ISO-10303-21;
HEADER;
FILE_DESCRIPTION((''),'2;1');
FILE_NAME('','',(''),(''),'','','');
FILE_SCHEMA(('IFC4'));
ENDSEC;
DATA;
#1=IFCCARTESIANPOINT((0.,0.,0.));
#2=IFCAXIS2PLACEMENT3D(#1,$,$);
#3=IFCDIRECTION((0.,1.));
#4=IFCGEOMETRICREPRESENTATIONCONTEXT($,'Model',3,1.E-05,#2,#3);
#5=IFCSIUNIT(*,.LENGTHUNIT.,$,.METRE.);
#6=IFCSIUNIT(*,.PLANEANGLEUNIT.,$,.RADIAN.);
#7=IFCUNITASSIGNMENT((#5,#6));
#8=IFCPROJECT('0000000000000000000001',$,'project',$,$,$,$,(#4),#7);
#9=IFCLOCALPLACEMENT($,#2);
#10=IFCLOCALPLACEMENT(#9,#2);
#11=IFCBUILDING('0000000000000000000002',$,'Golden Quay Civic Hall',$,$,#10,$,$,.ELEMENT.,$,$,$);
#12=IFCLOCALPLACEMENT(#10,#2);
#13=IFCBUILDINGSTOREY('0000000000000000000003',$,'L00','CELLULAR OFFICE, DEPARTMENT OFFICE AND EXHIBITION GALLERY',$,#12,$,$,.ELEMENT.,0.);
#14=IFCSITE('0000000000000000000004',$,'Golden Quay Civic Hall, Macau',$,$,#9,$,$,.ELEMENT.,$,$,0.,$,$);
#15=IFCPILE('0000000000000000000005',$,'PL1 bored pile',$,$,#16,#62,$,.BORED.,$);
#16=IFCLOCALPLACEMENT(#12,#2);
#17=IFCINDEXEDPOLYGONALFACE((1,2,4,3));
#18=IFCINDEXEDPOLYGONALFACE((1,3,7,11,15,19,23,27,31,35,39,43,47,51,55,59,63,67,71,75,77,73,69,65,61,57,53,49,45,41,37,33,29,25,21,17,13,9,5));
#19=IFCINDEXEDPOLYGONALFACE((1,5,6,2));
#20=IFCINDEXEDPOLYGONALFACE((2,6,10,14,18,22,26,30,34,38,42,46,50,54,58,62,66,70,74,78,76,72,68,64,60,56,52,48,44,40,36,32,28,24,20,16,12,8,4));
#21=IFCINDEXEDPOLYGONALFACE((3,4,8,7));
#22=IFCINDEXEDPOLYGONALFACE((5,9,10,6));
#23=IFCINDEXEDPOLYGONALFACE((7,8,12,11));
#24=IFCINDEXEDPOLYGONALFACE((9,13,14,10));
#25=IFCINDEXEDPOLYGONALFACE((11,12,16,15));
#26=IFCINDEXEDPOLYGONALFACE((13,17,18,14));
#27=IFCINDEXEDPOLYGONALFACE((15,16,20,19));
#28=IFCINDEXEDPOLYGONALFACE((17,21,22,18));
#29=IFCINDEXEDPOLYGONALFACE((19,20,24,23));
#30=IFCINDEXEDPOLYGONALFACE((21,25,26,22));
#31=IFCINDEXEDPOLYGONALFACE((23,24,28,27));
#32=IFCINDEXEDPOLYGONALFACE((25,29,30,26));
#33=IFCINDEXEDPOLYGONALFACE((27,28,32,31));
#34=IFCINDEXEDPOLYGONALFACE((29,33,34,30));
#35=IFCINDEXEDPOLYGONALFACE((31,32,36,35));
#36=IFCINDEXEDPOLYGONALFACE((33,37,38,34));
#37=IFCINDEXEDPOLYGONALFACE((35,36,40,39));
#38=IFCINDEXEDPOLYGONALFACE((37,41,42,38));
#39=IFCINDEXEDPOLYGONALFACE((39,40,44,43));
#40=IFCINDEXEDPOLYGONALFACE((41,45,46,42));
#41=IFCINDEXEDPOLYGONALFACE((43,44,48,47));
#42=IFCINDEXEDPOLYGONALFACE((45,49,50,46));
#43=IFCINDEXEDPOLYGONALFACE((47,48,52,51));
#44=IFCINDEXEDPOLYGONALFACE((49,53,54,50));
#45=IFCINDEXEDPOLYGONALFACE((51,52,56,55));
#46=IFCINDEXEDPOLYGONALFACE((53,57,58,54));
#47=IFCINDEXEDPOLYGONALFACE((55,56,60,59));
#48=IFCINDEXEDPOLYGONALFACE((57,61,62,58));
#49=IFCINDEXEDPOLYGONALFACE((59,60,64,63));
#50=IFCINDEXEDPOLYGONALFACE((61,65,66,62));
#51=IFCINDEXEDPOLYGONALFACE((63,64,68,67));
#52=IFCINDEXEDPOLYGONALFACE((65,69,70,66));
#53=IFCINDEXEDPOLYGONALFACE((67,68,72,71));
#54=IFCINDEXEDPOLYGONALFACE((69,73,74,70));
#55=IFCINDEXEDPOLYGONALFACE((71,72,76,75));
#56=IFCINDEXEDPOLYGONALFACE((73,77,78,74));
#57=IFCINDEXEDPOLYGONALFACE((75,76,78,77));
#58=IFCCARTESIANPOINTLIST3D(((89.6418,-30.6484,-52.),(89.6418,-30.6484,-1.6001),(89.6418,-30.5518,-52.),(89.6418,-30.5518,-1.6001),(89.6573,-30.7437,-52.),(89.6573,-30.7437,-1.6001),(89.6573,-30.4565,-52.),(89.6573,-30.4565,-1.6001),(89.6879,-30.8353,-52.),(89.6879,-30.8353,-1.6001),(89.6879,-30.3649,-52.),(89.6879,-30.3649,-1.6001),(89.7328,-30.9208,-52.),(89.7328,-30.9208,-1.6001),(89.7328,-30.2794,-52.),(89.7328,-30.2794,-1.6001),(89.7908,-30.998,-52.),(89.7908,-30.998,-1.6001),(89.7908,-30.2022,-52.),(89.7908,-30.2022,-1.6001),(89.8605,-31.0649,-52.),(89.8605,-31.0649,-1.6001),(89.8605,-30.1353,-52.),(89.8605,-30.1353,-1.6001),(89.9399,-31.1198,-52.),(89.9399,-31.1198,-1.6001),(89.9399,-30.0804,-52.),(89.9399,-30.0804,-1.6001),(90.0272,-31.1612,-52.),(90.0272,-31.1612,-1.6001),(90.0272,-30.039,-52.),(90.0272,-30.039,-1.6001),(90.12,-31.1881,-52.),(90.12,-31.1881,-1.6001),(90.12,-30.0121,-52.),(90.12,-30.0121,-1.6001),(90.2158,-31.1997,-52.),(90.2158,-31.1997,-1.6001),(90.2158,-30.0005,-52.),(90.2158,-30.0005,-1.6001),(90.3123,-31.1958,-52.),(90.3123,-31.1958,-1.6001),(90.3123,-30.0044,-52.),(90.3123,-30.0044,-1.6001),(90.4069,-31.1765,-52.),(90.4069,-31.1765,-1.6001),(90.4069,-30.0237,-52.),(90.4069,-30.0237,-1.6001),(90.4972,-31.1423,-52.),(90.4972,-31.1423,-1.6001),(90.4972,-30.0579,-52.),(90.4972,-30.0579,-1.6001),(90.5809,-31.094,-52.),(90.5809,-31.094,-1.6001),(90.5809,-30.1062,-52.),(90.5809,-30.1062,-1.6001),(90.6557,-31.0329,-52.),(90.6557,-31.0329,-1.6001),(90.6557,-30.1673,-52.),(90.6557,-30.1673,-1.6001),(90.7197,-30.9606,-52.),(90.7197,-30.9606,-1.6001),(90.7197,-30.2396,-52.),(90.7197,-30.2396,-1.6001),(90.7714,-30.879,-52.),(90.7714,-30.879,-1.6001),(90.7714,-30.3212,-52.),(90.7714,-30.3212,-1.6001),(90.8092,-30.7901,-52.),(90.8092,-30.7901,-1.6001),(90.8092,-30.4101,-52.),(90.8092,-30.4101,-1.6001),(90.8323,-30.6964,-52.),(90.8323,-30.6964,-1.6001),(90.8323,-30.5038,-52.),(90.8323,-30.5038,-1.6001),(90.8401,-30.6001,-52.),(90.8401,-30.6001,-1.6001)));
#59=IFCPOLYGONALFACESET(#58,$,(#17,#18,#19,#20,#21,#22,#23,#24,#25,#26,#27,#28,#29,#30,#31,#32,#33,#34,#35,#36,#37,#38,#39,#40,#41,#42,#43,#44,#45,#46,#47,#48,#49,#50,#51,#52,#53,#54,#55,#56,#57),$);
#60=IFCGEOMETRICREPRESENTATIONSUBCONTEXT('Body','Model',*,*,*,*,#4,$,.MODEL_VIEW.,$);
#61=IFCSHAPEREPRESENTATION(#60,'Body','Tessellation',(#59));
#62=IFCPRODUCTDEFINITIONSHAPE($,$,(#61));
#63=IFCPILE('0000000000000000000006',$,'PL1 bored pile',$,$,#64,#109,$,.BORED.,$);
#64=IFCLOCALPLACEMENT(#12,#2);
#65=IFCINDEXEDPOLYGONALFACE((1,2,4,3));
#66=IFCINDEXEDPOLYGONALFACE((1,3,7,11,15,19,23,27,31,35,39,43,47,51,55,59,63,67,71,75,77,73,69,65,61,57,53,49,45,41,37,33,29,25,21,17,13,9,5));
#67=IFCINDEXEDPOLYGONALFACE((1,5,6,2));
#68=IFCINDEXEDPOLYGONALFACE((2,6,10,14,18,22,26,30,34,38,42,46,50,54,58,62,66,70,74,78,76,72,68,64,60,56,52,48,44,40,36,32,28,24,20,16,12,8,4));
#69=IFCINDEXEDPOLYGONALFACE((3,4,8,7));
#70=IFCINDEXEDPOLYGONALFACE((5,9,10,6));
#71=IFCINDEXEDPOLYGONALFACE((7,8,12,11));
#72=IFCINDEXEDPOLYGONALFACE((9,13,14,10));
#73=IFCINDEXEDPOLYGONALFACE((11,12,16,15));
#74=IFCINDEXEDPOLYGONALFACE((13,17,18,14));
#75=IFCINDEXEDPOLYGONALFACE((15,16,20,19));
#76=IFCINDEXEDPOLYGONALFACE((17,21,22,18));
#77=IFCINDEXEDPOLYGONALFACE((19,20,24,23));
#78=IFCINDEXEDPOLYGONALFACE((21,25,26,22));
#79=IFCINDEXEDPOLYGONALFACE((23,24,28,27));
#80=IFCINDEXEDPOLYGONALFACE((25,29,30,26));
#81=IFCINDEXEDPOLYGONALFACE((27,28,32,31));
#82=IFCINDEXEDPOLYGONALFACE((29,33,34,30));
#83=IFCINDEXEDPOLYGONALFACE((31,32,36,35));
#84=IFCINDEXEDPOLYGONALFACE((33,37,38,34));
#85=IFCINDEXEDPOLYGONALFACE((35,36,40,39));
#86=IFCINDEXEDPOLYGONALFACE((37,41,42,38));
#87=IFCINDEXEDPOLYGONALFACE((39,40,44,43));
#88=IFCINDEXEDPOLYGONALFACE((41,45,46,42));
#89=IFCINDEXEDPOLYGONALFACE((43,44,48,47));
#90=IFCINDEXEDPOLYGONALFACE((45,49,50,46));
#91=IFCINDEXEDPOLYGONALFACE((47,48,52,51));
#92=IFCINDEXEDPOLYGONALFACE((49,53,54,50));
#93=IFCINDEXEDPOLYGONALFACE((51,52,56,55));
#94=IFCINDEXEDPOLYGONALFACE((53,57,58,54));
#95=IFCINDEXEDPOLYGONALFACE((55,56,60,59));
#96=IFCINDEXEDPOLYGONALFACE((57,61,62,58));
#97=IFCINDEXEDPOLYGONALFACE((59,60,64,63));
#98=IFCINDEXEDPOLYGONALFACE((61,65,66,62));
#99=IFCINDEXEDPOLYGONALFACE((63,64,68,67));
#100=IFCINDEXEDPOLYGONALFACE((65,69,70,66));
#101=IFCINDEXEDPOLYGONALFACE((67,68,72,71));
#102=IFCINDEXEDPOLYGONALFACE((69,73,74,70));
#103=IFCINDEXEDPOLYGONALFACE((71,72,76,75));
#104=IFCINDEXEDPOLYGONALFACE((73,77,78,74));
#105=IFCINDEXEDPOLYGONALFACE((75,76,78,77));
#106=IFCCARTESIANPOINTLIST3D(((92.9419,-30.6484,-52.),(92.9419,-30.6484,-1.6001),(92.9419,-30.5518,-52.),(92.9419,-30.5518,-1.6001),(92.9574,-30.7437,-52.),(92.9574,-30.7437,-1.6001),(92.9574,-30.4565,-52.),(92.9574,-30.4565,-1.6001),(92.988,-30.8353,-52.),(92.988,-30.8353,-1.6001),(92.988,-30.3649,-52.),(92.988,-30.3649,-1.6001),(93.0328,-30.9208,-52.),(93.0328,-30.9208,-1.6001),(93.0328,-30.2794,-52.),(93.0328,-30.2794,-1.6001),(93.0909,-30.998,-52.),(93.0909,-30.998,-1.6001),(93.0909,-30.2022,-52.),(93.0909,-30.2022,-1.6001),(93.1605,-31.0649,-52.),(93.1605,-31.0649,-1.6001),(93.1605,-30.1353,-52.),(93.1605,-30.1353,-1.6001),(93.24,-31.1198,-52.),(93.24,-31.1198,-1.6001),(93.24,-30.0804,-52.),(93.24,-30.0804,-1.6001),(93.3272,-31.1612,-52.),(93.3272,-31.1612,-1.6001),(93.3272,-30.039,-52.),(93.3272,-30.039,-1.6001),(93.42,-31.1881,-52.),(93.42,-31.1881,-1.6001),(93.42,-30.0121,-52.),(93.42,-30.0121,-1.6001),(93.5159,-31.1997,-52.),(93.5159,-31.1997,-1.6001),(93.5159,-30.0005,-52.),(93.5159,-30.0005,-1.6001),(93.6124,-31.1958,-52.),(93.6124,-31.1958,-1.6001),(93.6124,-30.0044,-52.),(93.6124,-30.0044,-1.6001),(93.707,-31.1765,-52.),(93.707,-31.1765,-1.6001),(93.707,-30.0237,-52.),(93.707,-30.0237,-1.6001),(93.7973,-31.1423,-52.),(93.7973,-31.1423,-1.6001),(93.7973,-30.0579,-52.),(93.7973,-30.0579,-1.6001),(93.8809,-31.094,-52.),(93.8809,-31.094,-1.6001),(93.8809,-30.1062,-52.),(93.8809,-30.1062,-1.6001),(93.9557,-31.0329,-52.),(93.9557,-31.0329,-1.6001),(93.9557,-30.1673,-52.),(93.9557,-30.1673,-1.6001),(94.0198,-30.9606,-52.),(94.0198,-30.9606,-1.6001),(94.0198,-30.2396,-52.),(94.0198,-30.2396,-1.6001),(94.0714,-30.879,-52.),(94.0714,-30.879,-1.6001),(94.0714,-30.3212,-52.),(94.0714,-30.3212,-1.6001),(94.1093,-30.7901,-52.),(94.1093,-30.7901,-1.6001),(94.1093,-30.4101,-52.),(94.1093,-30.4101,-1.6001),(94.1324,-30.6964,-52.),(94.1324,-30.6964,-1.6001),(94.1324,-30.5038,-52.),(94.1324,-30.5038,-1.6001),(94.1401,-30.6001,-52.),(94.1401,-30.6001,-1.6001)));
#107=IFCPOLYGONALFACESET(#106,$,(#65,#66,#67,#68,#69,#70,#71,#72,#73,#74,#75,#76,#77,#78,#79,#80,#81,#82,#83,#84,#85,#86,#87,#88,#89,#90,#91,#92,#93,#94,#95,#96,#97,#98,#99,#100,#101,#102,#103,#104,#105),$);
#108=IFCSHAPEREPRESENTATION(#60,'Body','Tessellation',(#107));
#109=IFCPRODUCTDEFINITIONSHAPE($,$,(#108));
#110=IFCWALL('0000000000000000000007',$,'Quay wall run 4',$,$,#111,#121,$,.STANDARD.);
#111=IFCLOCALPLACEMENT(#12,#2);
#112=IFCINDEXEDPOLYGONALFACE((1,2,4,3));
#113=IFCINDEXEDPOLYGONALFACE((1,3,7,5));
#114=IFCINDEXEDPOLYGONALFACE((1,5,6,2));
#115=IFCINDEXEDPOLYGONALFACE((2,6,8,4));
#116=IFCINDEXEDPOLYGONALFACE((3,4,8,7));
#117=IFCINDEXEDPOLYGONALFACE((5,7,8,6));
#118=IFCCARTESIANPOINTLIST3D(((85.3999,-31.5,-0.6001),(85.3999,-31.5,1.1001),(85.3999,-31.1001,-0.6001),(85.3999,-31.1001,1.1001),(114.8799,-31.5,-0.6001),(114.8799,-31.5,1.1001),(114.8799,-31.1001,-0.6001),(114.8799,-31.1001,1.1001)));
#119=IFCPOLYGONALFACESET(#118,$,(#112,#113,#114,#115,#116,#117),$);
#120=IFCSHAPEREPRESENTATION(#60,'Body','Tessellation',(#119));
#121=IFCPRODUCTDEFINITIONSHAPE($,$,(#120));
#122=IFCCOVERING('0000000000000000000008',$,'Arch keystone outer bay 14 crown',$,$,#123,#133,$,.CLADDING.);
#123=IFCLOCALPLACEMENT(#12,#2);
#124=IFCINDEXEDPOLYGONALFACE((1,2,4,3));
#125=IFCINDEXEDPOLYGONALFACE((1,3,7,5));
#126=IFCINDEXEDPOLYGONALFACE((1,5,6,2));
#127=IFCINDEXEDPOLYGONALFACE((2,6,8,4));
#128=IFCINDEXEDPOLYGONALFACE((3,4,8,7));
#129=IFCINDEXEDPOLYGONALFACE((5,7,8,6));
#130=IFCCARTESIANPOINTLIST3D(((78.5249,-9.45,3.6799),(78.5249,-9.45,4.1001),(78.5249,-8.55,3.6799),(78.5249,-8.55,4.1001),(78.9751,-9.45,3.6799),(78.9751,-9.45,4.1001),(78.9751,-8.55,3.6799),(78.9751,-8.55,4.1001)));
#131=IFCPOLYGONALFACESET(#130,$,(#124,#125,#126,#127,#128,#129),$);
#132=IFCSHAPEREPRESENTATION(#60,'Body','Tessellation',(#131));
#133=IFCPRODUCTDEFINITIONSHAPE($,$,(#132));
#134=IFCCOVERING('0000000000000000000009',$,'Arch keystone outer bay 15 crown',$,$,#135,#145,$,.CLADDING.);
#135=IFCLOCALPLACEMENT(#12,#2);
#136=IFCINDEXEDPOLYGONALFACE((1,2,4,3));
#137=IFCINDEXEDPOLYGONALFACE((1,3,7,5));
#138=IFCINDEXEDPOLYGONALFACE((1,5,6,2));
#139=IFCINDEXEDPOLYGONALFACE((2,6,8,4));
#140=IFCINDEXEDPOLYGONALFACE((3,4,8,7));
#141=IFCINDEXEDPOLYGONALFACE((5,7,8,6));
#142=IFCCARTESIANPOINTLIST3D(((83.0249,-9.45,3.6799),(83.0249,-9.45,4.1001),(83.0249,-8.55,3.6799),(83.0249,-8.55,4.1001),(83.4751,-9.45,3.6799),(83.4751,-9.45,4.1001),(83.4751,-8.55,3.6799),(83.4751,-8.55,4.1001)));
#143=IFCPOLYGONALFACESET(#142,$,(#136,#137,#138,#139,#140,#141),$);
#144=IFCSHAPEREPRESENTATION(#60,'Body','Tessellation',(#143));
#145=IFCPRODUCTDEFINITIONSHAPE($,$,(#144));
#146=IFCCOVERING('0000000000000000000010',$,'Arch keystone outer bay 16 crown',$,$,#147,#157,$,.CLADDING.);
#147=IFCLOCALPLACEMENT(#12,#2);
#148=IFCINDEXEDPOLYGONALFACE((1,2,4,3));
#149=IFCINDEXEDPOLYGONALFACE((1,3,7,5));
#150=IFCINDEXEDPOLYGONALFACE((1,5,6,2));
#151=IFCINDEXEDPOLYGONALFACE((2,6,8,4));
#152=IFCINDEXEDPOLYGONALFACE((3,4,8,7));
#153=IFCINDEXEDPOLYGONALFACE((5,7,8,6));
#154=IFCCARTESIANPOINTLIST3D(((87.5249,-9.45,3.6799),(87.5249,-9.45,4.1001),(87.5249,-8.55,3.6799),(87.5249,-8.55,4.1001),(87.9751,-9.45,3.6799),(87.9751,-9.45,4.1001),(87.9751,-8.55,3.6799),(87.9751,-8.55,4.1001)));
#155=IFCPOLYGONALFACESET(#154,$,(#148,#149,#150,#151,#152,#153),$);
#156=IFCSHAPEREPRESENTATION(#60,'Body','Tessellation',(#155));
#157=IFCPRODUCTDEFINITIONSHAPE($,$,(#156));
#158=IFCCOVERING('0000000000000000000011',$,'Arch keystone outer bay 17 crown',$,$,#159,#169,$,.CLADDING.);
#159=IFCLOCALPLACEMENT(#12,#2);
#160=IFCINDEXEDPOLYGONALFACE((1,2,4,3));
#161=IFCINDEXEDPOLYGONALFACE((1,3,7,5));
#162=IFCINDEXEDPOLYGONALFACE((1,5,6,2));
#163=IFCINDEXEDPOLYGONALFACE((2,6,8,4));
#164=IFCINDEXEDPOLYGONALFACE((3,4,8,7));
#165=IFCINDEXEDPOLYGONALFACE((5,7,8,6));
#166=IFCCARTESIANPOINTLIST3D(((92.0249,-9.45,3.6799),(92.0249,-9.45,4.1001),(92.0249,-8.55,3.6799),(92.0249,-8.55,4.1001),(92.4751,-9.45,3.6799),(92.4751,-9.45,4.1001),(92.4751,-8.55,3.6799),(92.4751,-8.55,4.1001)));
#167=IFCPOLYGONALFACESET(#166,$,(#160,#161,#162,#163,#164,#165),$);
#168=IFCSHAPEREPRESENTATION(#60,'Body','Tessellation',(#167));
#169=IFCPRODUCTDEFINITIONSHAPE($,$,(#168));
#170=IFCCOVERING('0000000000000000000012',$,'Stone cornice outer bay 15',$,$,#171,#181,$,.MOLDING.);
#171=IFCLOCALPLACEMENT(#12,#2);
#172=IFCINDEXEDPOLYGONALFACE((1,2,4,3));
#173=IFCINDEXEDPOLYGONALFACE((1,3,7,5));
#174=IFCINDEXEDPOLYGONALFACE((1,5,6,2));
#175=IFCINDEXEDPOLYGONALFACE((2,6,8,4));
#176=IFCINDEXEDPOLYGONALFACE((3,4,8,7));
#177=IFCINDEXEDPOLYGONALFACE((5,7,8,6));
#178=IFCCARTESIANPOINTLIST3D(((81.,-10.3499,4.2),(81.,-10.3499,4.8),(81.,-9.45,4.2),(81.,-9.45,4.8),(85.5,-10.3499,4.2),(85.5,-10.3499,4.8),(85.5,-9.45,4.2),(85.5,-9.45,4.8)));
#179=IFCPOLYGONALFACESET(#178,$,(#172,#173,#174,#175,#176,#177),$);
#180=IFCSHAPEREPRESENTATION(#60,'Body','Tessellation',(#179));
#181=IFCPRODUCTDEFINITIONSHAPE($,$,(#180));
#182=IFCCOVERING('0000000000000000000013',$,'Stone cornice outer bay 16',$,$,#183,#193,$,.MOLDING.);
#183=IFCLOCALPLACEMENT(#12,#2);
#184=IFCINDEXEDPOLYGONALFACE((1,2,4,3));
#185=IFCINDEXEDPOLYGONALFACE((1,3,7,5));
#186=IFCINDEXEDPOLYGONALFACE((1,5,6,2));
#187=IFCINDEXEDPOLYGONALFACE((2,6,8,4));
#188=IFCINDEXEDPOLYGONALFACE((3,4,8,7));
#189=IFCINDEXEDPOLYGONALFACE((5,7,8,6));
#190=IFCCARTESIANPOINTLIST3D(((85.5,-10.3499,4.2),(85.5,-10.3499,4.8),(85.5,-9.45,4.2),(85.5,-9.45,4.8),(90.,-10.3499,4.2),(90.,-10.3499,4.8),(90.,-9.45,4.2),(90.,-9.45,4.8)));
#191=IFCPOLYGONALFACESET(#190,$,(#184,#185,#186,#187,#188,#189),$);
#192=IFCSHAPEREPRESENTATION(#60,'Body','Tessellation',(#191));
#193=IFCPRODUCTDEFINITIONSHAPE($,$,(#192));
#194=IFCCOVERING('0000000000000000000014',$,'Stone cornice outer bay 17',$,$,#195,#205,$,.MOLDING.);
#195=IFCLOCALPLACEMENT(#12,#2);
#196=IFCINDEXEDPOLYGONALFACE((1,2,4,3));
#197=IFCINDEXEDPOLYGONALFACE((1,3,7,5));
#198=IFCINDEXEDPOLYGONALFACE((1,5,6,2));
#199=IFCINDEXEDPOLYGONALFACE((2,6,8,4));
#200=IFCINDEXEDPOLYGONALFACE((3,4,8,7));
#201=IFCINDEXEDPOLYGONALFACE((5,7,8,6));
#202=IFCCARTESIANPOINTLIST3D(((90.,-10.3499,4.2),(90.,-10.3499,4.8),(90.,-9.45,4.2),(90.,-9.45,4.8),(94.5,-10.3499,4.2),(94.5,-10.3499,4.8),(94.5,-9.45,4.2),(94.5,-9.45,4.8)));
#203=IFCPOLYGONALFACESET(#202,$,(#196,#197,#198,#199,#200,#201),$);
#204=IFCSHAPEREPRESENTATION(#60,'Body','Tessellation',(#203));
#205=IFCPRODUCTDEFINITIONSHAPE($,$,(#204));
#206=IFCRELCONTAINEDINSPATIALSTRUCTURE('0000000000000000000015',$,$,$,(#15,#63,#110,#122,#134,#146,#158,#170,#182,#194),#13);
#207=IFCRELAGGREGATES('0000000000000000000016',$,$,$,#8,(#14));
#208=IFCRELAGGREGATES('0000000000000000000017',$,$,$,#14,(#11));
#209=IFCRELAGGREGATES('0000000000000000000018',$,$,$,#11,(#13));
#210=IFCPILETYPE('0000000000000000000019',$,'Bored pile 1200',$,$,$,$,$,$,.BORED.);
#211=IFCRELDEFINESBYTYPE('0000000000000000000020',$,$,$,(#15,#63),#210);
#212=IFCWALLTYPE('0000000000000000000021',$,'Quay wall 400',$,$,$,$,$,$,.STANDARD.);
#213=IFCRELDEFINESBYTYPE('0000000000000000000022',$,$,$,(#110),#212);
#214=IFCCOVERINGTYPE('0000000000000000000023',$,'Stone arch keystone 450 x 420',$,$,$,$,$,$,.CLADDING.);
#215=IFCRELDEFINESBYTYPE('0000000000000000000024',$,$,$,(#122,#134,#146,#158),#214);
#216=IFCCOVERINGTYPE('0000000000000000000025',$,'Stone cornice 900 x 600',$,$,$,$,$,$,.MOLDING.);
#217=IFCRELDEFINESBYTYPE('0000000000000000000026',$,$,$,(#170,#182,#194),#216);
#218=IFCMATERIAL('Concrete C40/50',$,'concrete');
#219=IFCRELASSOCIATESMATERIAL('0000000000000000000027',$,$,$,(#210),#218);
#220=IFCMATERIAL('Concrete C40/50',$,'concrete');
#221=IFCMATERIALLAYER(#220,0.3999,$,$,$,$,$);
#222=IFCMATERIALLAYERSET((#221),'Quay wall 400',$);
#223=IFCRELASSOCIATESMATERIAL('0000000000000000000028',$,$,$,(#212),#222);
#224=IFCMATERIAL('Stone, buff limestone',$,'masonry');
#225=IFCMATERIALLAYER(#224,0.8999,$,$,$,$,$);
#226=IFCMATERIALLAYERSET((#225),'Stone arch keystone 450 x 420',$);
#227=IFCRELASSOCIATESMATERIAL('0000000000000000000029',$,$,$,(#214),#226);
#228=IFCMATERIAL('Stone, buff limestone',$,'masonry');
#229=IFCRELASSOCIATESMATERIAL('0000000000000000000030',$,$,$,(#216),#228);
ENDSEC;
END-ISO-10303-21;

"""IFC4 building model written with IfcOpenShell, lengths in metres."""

from ifc_helpers import new_model, si_unit, direction, frame, frame_2d, origin, origin_2d, place, context, subcontext, project, spatial, polyline, rectangle, circle, outline, extrude, material, layer, layer_set, material_profile, profile_set, type_object, element, save


model = new_model("IFC4")

# Units and contexts
model_context = context("Model", 3, precision=1e-05, world=origin(), true_north=direction((0.0, 1.0)))
body_context = subcontext(model_context, "Body", "Model", "MODEL_VIEW")
ifc_project = project(units=[si_unit("LENGTHUNIT", "METRE"), si_unit("PLANEANGLEUNIT", "RADIAN")], contexts=[model_context])

# Site, building, storey
site_placement = place(None, origin())
site = spatial("IfcSite", under=ifc_project, at=site_placement, Name="Golden Quay Civic Hall, Macau", CompositionType="ELEMENT", RefElevation=0.0)
building_placement = place(site_placement, origin())
building = spatial("IfcBuilding", under=site, at=building_placement, Name="Golden Quay Civic Hall", CompositionType="ELEMENT")
storey_placement = place(building_placement, origin())
storey = spatial("IfcBuildingStorey", under=building, at=storey_placement, Name="L00", Description="CELLULAR OFFICE, DEPARTMENT OFFICE AND EXHIBITION GALLERY", CompositionType="ELEMENT", Elevation=0.0)

# Piles
ifc_material_1 = material(Name="Concrete C40/50", Category="concrete")
ifc_material_profile_1 = material_profile(ifc_material_1, circle(Radius=0.6001, at=origin_2d()), Name="RC D1200")
ifc_profile_set_1 = profile_set([ifc_material_profile_1], Name="Concrete C40/50")
pile_type = type_object("IfcPileType", Name="Bored pile 1200", PredefinedType="BORED", material=ifc_profile_set_1)
for number, where, z_axis, x_axis, name in (
    (1, (90.24, -30.6001, -1.6001), (0.0, 0.0, -1.0), (1.0, 0.0, 0.0), "PL1 bored pile"),
    (2, (93.54, -30.6001, -1.6001), (0.0, 0.0, -1.0), (1.0, 0.0, 0.0), "PL1 bored pile"),
):
    element("IfcPile", number, at=place(storey_placement, frame(where, z_axis=z_axis, x_axis=x_axis)), inside=storey, type_object=pile_type, Name=name, PredefinedType="BORED", context=body_context, shape_type="SweptSolid", body=[
        extrude(circle(Radius=0.6001, at=origin_2d()), origin(), (0.0, 0.0, 1.0), 50.3999),
    ])

# Wall
ifc_material_2 = material(Name="Concrete C40/50", Category="concrete")
ifc_layer_1 = layer(ifc_material_2, 0.3999)
ifc_layer_set_1 = layer_set([ifc_layer_1], Name="Quay wall 400")
wall_type = type_object("IfcWallType", Name="Quay wall 400", PredefinedType="STANDARD", material=ifc_layer_set_1)
wall_placement = place(storey_placement, frame((85.3999, -31.3, -0.6001), z_axis=(0.0, 0.0, 1.0), x_axis=(1.0, 0.0, 0.0)))
element("IfcWall", 3, at=wall_placement, inside=storey, type_object=wall_type, Name="Quay wall run 4", PredefinedType="STANDARD", context=body_context, shape_type="SweptSolid", body=[
    extrude(rectangle(XDim=29.48, YDim=0.3999, at=frame_2d((14.74, 0.0))), origin(), (0.0, 0.0, 1.0), 1.7002),
])

# Coverings
ifc_material_3 = material(Name="Stone, buff limestone", Category="masonry")
ifc_layer_2 = layer(ifc_material_3, 0.8999)
ifc_layer_set_2 = layer_set([ifc_layer_2], Name="Stone arch keystone 450 x 420")
covering_type_1 = type_object("IfcCoveringType", Name="Stone arch keystone 450 x 420", PredefinedType="CLADDING", material=ifc_layer_set_2)
for number, where, z_axis, x_axis, name in (
    (4, (78.5249, -9.45, 3.6799), (0.0, -1.0, 0.0), (1.0, 0.0, 0.0), "Arch keystone outer bay 14 crown"),
    (5, (83.0249, -9.45, 3.6799), (0.0, -1.0, 0.0), (1.0, 0.0, 0.0), "Arch keystone outer bay 15 crown"),
    (6, (87.5249, -9.45, 3.6799), (0.0, -1.0, 0.0), (1.0, 0.0, 0.0), "Arch keystone outer bay 16 crown"),
    (7, (92.0249, -9.45, 3.6799), (0.0, -1.0, 0.0), (1.0, 0.0, 0.0), "Arch keystone outer bay 17 crown"),
):
    element("IfcCovering", number, at=place(storey_placement, frame(where, z_axis=z_axis, x_axis=x_axis)), inside=storey, type_object=covering_type_1, Name=name, PredefinedType="CLADDING", context=body_context, shape_type="SweptSolid", body=[
        extrude(outline(polyline([(0.0, 0.0), (0.4502, 0.0), (0.4502, 0.4202), (0.0, 0.4202), (0.0, 0.0)])), origin(), (0.0, 0.0, -1.0), 0.8999),
    ])
ifc_material_4 = material(Name="Stone, buff limestone", Category="masonry")
ifc_material_profile_2 = material_profile(ifc_material_4, rectangle(XDim=0.8999, YDim=0.6001, at=origin_2d()), Name="RC 900x600")
ifc_profile_set_2 = profile_set([ifc_material_profile_2], Name="Stone, buff limestone")
covering_type_2 = type_object("IfcCoveringType", Name="Stone cornice 900 x 600", PredefinedType="MOLDING", material=ifc_profile_set_2)
for number, where, z_axis, x_axis, name in (
    (8, (81.0, -9.8999, 4.5), (1.0, 0.0, 0.0), (0.0, 1.0, 0.0), "Stone cornice outer bay 15"),
    (9, (85.5, -9.8999, 4.5), (1.0, 0.0, 0.0), (0.0, 1.0, 0.0), "Stone cornice outer bay 16"),
    (10, (90.0, -9.8999, 4.5), (1.0, 0.0, 0.0), (0.0, 1.0, 0.0), "Stone cornice outer bay 17"),
):
    element("IfcCovering", number, at=place(storey_placement, frame(where, z_axis=z_axis, x_axis=x_axis)), inside=storey, type_object=covering_type_2, Name=name, PredefinedType="MOLDING", context=body_context, shape_type="SweptSolid", body=[
        extrude(rectangle(XDim=0.8999, YDim=0.6001, at=origin_2d()), origin(), (0.0, 0.0, 1.0), 4.5),
    ])

save(model, "model.ifc")
